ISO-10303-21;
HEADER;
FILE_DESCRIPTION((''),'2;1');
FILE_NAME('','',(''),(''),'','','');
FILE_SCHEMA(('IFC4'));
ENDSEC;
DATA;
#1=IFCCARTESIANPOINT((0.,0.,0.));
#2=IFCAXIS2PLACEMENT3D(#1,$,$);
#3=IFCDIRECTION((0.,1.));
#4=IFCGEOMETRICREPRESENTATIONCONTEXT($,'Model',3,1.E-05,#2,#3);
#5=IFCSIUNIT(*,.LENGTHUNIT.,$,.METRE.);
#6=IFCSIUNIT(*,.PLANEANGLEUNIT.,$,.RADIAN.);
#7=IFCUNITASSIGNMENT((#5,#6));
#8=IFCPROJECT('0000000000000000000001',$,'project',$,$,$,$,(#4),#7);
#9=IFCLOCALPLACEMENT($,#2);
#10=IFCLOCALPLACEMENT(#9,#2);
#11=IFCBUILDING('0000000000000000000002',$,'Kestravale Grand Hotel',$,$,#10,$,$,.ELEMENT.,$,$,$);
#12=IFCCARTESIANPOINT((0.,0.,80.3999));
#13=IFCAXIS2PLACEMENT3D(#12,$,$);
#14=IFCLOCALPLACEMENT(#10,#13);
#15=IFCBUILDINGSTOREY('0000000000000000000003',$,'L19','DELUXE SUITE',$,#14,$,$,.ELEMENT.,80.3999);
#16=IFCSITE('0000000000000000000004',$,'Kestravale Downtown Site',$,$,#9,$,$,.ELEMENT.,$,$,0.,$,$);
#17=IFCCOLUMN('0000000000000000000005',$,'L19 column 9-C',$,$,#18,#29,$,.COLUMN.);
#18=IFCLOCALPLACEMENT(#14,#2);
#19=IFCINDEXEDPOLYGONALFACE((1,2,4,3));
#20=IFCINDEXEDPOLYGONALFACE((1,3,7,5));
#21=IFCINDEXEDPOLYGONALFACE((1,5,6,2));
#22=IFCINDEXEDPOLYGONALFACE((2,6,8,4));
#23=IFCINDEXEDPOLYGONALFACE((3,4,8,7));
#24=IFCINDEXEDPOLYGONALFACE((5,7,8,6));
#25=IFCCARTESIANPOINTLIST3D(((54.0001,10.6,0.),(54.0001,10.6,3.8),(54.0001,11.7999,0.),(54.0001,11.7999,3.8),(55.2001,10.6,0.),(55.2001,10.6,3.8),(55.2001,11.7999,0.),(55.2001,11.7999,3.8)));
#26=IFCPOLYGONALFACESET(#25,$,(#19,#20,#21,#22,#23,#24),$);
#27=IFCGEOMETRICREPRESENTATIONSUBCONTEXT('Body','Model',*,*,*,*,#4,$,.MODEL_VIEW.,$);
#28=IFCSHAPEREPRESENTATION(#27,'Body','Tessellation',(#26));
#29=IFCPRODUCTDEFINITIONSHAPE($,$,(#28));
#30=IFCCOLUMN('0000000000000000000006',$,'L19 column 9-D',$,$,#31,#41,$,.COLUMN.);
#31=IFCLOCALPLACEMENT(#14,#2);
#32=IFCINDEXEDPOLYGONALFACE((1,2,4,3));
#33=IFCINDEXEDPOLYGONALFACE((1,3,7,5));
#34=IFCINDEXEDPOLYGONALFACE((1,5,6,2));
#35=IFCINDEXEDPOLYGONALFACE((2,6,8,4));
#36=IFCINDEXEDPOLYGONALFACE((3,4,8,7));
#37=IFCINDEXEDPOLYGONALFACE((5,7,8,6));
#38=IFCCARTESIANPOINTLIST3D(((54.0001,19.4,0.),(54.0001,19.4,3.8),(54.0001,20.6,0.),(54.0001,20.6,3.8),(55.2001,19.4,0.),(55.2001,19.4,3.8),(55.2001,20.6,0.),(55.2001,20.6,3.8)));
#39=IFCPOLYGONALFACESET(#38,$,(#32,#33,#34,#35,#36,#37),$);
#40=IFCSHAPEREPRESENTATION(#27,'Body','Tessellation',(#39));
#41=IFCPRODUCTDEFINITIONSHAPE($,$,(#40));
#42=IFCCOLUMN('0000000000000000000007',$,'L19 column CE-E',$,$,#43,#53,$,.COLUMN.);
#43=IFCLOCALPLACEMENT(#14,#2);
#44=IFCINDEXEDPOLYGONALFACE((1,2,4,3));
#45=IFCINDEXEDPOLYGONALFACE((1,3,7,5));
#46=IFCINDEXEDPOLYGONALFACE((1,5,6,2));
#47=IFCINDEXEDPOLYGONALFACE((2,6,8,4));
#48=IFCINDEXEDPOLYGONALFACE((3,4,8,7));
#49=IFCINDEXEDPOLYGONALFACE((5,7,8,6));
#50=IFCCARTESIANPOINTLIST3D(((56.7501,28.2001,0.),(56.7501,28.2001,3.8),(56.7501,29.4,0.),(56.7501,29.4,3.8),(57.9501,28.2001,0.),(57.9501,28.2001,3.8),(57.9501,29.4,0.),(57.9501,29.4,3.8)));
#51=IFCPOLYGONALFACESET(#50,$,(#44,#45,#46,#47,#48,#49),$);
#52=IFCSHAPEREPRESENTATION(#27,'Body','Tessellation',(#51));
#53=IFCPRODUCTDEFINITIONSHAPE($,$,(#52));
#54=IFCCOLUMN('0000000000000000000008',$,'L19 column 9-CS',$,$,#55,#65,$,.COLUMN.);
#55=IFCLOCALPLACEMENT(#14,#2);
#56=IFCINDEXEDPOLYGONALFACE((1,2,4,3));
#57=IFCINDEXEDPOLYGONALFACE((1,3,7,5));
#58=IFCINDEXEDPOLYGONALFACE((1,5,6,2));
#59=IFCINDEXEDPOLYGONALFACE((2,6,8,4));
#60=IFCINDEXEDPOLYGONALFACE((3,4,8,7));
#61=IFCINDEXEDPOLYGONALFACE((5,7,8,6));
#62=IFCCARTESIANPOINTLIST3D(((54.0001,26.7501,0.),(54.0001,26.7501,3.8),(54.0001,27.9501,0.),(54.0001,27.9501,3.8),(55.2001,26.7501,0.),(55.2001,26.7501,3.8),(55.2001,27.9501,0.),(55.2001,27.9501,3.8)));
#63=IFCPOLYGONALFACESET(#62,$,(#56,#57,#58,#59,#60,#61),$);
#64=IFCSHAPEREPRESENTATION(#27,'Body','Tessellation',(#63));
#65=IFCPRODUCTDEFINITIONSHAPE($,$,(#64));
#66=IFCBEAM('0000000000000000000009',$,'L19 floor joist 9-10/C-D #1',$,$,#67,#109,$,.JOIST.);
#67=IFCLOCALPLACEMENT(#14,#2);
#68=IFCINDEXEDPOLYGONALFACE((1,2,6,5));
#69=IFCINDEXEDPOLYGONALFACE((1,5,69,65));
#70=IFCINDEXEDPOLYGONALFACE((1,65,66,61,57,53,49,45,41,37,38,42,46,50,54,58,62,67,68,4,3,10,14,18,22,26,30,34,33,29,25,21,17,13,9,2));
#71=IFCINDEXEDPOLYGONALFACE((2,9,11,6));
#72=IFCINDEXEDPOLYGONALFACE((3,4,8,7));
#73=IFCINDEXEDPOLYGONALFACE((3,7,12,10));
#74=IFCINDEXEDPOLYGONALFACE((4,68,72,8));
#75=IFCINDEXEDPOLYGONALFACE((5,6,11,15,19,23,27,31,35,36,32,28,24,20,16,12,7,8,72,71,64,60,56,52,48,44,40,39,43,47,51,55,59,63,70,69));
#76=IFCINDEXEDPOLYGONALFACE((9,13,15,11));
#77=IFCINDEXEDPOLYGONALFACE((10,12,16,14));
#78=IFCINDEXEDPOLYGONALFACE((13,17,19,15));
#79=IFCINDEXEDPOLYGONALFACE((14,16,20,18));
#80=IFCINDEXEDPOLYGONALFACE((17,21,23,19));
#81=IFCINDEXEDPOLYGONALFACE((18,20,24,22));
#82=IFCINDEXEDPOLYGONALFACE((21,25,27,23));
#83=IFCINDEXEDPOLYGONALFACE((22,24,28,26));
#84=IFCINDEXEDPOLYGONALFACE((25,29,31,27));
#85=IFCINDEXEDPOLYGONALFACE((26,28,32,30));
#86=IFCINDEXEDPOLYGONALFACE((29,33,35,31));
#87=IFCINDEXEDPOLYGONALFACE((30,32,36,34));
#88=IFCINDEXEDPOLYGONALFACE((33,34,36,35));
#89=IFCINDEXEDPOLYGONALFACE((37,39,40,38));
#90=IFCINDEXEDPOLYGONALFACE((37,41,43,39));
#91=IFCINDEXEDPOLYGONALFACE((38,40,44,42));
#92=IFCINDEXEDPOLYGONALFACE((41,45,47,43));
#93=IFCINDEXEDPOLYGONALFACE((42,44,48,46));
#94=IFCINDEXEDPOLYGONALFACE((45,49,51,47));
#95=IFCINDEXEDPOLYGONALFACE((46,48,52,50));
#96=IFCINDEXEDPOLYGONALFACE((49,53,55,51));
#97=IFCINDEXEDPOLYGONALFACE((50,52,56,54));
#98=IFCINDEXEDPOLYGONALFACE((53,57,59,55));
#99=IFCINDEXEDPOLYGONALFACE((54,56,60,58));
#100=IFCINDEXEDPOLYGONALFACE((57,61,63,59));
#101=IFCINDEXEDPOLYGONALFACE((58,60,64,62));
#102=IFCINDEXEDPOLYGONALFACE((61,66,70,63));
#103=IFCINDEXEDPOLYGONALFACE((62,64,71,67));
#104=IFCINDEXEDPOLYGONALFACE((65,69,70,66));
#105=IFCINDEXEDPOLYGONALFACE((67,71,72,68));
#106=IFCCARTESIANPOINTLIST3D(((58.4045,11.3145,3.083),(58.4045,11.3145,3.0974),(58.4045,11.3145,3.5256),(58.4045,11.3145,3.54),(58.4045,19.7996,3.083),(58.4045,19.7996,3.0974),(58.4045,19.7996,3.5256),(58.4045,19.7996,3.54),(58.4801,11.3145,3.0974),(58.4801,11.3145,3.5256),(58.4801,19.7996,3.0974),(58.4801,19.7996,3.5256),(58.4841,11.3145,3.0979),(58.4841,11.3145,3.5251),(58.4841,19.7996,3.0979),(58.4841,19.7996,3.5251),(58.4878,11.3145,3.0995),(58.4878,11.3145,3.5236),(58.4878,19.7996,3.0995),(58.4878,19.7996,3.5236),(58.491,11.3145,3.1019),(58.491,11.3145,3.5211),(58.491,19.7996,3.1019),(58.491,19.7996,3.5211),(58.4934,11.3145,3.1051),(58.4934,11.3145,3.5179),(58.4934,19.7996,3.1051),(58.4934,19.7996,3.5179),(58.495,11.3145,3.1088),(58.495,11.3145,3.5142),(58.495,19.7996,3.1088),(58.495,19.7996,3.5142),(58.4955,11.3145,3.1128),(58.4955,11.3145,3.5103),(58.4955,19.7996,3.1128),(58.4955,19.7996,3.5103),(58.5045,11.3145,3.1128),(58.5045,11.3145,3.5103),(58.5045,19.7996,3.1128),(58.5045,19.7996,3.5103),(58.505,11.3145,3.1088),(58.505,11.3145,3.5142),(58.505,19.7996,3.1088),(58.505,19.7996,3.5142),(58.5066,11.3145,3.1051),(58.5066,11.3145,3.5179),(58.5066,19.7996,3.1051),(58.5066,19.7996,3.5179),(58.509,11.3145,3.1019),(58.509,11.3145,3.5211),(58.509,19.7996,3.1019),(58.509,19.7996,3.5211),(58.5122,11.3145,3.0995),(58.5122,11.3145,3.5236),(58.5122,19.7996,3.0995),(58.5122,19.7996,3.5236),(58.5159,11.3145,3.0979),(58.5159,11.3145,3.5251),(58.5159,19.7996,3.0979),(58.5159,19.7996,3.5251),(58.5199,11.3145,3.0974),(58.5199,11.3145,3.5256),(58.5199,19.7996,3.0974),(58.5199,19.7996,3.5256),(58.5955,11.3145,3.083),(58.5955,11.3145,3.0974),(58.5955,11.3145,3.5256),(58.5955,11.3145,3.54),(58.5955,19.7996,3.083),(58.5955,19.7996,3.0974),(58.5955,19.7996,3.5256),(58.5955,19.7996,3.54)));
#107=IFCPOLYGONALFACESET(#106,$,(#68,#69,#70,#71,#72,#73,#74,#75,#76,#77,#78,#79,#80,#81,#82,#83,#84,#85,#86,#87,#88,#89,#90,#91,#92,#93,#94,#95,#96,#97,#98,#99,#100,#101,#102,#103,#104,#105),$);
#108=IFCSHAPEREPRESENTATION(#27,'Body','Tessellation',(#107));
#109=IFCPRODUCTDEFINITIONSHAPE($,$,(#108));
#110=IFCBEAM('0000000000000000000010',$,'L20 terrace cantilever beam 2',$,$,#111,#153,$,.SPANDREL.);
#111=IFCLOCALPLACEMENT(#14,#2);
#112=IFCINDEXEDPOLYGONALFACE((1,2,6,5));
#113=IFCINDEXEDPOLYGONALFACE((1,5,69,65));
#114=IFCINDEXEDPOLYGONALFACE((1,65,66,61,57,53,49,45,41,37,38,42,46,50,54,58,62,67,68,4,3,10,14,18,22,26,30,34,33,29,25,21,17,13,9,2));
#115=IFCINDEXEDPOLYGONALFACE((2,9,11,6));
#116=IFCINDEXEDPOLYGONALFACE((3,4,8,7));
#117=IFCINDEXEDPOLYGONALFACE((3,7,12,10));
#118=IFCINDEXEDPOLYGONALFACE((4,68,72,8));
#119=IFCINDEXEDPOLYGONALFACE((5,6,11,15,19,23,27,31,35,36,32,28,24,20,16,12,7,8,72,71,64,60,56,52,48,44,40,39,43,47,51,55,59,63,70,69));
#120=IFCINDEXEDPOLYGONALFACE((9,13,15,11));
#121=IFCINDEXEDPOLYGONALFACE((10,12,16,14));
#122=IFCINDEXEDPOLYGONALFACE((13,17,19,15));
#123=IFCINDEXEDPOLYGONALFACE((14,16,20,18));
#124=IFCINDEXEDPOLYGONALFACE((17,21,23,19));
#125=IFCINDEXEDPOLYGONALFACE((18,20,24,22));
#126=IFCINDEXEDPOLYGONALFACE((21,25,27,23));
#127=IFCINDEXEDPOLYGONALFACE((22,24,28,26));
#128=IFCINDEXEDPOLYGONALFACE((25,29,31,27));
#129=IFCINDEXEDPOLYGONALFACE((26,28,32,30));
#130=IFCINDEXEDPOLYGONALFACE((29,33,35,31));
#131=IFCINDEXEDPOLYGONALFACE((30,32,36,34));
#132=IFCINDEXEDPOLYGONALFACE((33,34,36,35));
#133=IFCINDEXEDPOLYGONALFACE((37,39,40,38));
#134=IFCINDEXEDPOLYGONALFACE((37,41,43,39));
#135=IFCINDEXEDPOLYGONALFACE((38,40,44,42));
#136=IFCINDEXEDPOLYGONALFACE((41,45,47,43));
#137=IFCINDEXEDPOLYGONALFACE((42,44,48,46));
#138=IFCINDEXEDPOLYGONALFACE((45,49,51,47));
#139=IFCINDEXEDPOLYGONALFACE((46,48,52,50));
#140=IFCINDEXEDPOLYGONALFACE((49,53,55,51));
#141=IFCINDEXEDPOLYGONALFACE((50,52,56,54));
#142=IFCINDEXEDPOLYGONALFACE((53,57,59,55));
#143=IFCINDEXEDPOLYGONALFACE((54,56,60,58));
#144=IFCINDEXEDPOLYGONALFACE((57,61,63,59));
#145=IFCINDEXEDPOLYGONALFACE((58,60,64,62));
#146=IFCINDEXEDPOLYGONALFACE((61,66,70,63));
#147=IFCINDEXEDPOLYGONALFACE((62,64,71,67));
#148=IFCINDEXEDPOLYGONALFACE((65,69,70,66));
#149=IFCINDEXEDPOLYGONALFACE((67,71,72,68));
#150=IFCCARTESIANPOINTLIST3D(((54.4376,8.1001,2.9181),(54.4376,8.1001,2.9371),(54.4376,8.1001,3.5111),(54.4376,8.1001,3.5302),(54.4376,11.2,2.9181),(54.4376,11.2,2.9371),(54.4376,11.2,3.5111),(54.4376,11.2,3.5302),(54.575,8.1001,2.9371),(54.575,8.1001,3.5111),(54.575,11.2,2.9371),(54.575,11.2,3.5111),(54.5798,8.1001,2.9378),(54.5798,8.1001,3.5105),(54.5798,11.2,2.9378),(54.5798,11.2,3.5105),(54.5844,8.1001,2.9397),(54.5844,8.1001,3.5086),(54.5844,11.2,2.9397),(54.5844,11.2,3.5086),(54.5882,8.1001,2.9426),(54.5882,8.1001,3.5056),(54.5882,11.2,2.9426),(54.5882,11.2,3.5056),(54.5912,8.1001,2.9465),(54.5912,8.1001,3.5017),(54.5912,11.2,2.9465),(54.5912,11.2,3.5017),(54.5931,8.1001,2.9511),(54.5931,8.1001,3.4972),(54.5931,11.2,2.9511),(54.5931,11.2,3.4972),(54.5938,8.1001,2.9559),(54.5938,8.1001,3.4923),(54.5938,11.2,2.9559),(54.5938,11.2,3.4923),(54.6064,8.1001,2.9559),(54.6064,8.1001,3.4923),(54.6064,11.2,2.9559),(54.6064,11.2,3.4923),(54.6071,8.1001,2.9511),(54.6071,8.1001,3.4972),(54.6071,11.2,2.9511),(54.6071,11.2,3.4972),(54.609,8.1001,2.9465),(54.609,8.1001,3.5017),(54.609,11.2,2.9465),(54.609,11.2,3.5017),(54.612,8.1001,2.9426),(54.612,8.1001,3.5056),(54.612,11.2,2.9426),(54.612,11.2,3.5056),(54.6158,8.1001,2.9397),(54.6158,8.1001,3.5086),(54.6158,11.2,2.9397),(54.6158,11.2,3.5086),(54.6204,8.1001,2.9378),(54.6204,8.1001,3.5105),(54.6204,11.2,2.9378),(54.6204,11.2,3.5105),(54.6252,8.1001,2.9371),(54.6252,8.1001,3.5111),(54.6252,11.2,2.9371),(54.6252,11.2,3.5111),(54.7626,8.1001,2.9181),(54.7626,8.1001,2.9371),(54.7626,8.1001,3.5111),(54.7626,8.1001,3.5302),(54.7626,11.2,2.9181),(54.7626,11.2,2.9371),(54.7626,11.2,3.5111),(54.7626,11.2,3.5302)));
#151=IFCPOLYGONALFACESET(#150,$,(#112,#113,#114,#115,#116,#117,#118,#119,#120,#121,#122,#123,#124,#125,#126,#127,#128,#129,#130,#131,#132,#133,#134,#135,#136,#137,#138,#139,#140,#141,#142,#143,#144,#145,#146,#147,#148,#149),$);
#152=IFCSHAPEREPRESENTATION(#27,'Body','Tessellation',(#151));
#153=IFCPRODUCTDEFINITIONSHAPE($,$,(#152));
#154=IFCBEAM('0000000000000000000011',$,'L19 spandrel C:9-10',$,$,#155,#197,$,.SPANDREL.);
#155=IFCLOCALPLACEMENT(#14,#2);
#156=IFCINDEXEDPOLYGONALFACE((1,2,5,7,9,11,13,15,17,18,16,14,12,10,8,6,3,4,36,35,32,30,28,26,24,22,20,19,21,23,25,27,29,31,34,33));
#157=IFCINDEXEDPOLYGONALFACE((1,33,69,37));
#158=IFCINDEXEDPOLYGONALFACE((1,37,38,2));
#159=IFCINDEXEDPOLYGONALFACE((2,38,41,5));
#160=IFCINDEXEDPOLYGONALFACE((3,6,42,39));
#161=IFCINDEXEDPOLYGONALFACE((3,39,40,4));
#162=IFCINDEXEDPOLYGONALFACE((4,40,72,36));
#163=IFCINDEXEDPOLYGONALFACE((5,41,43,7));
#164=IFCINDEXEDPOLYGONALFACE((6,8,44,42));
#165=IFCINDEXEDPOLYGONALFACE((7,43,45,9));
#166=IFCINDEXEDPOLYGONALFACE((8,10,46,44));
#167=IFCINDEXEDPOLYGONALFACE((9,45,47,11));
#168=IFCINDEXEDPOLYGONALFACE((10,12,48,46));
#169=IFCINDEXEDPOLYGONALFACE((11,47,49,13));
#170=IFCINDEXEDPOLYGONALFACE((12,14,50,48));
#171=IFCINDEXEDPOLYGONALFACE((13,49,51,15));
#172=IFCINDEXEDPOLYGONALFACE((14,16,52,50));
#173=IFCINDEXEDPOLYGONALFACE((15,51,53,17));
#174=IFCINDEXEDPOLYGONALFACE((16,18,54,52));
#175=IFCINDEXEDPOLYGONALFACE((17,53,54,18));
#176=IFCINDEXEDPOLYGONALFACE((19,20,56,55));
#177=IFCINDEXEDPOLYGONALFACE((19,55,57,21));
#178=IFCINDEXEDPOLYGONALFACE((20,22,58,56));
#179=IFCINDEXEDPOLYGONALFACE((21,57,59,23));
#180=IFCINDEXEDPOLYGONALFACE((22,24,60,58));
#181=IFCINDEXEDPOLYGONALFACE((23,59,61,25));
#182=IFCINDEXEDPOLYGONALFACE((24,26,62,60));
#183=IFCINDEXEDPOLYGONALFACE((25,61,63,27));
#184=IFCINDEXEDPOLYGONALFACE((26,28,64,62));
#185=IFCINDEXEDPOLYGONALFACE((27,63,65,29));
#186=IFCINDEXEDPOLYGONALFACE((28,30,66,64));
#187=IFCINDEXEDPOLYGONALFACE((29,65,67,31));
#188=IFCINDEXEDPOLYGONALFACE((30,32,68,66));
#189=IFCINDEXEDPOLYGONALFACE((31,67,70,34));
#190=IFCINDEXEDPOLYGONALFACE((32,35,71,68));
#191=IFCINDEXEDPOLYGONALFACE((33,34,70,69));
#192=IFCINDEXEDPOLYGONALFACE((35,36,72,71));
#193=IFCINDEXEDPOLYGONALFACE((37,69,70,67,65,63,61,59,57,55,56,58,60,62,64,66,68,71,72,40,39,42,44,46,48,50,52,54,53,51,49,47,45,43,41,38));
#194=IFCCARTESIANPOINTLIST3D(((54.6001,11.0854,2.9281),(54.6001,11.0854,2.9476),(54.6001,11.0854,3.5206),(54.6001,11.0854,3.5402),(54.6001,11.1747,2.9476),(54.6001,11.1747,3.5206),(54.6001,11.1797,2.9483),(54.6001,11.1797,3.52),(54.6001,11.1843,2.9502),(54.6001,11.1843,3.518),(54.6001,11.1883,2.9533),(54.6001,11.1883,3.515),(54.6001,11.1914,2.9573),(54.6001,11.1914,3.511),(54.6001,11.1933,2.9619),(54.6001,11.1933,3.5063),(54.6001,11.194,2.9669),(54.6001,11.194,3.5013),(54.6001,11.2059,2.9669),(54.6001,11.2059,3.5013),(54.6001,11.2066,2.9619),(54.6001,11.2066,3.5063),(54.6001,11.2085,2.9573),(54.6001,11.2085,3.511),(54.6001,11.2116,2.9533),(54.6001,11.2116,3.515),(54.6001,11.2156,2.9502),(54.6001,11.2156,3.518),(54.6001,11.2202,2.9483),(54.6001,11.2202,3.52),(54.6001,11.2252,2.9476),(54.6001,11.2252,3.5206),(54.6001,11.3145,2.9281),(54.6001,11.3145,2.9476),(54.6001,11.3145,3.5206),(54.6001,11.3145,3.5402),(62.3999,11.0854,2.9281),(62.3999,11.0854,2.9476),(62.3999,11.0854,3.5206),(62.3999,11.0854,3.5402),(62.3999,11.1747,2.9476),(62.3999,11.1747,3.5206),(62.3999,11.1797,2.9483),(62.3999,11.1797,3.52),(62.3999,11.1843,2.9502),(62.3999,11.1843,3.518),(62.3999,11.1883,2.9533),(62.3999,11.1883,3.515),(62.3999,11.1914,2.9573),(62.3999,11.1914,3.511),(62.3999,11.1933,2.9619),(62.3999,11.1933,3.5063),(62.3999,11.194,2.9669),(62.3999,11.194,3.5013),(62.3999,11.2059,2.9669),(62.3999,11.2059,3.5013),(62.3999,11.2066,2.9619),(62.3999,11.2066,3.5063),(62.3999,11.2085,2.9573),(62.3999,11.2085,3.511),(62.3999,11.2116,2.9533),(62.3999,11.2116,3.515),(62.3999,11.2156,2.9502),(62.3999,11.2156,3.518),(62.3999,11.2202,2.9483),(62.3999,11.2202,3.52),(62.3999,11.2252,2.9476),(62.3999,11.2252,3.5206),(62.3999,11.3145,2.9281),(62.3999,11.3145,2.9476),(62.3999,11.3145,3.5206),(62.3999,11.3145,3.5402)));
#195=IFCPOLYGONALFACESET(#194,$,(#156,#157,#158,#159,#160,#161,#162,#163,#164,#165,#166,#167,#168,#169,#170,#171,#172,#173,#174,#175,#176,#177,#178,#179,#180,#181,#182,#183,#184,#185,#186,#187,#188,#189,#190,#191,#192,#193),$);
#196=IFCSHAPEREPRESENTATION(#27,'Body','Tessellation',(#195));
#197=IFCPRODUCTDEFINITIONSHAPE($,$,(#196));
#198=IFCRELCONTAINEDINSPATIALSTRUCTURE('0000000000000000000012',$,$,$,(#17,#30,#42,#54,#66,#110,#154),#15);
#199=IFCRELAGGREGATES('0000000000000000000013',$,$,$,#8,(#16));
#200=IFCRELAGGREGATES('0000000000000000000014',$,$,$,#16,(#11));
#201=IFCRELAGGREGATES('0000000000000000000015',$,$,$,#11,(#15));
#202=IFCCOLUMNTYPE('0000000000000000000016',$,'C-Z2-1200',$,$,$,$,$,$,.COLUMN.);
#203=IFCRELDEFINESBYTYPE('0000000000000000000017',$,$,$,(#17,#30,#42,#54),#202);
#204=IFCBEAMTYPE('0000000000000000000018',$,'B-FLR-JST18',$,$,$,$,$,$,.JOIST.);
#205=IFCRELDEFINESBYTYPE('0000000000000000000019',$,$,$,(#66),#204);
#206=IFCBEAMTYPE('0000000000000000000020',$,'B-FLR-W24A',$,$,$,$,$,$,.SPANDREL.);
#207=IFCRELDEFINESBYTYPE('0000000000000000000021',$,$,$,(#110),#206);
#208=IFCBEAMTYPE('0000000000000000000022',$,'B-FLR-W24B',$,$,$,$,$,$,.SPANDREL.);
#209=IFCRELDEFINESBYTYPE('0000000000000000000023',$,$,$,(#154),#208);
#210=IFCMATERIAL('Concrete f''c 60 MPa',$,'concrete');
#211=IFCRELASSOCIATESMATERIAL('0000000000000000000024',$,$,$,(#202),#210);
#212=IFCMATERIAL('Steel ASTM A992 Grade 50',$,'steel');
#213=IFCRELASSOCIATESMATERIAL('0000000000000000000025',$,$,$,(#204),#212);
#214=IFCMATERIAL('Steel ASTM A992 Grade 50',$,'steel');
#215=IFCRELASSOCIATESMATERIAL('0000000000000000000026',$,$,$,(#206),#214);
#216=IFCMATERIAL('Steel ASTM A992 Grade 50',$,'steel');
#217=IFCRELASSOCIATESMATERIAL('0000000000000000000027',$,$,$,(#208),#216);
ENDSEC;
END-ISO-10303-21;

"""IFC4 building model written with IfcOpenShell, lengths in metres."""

from ifc_helpers import new_model, si_unit, direction, frame, origin, origin_2d, place, context, subcontext, project, spatial, rectangle, i_section, extrude, material, material_profile, profile_set, type_object, element, save


model = new_model("IFC4")

# Units and contexts
model_context = context("Model", 3, precision=1e-05, world=origin(), true_north=direction((0.0, 1.0)))
body_context = subcontext(model_context, "Body", "Model", "MODEL_VIEW")
ifc_project = project(units=[si_unit("LENGTHUNIT", "METRE"), si_unit("PLANEANGLEUNIT", "RADIAN")], contexts=[model_context])

# Site, building, storey
site_placement = place(None, origin())
site = spatial("IfcSite", under=ifc_project, at=site_placement, Name="Kestravale Downtown Site", CompositionType="ELEMENT", RefElevation=0.0)
building_placement = place(site_placement, origin())
building = spatial("IfcBuilding", under=site, at=building_placement, Name="Kestravale Grand Hotel", CompositionType="ELEMENT")
storey_placement = place(building_placement, frame((0.0, 0.0, 80.3999)))
storey = spatial("IfcBuildingStorey", under=building, at=storey_placement, Name="L19", Description="DELUXE SUITE", CompositionType="ELEMENT", Elevation=80.3999)

# Columns
ifc_material_1 = material(Name="Concrete f'c 60 MPa", Category="concrete")
ifc_material_profile_1 = material_profile(ifc_material_1, rectangle(XDim=1.2, YDim=1.2, at=origin_2d()))
ifc_profile_set_1 = profile_set([ifc_material_profile_1], Name="Concrete f'c 60 MPa")
column_type = type_object("IfcColumnType", Name="C-Z2-1200", PredefinedType="COLUMN", material=ifc_profile_set_1)
for number, where, z_axis, x_axis, name in (
    (1, (54.6001, 11.2, 0.0), (0.0, 0.0, 1.0), (1.0, 0.0, 0.0), "L19 column 9-C"),
    (2, (54.6001, 20.0, 0.0), (0.0, 0.0, 1.0), (1.0, 0.0, 0.0), "L19 column 9-D"),
    (3, (57.3501, 28.8, 0.0), (0.0, 0.0, 1.0), (1.0, 0.0, 0.0), "L19 column CE-E"),
    (4, (54.6001, 27.3501, 0.0), (0.0, 0.0, 1.0), (1.0, 0.0, 0.0), "L19 column 9-CS"),
):
    element("IfcColumn", number, at=place(storey_placement, frame(where, z_axis=z_axis, x_axis=x_axis)), inside=storey, type_object=column_type, Name=name, PredefinedType="COLUMN", context=body_context, shape_type="SweptSolid", body=[
        extrude(rectangle(XDim=1.2, YDim=1.2, at=origin_2d()), origin(), (0.0, 0.0, 1.0), 3.8),
    ])

# Beams
ifc_material_2 = material(Name="Steel ASTM A992 Grade 50", Category="steel")
ifc_material_profile_2 = material_profile(ifc_material_2, i_section(OverallWidth=0.1909, OverallDepth=0.457, WebThickness=0.009, FlangeThickness=0.0144, FilletRadius=0.0154, at=origin_2d()))
ifc_profile_set_2 = profile_set([ifc_material_profile_2], Name="Steel ASTM A992 Grade 50")
beam_type_1 = type_object("IfcBeamType", Name="B-FLR-JST18", PredefinedType="JOIST", material=ifc_profile_set_2)
beam_1_placement = place(storey_placement, frame((58.5, 11.3145, 3.3115), z_axis=(0.0, 1.0, 0.0), x_axis=(-1.0, 0.0, 0.0)))
element("IfcBeam", 5, at=beam_1_placement, inside=storey, type_object=beam_type_1, Name="L19 floor joist 9-10/C-D #1", PredefinedType="JOIST", context=body_context, shape_type="SweptSolid", body=[
    extrude(i_section(OverallWidth=0.1909, OverallDepth=0.457, WebThickness=0.009, FlangeThickness=0.0144, FilletRadius=0.0154, at=origin_2d()), origin(), (0.0, 0.0, 1.0), 8.4851),
])
ifc_material_3 = material(Name="Steel ASTM A992 Grade 50", Category="steel")
ifc_material_profile_3 = material_profile(ifc_material_3, i_section(OverallWidth=0.325, OverallDepth=0.6121, WebThickness=0.0127, FlangeThickness=0.019, FilletRadius=0.0188, at=origin_2d()))
ifc_profile_set_3 = profile_set([ifc_material_profile_3], Name="Steel ASTM A992 Grade 50")
beam_type_2 = type_object("IfcBeamType", Name="B-FLR-W24A", PredefinedType="SPANDREL", material=ifc_profile_set_3)
beam_2_placement = place(storey_placement, frame((54.6001, 11.2, 3.2241), z_axis=(0.0, -1.0, 0.0), x_axis=(1.0, 0.0, 0.0)))
element("IfcBeam", 6, at=beam_2_placement, inside=storey, type_object=beam_type_2, Name="L20 terrace cantilever beam 2", PredefinedType="SPANDREL", context=body_context, shape_type="SweptSolid", body=[
    extrude(i_section(OverallWidth=0.325, OverallDepth=0.6121, WebThickness=0.0127, FlangeThickness=0.019, FilletRadius=0.0188, at=origin_2d()), origin(), (0.0, 0.0, 1.0), 3.0999),
])
ifc_material_4 = material(Name="Steel ASTM A992 Grade 50", Category="steel")
ifc_material_profile_4 = material_profile(ifc_material_4, i_section(OverallWidth=0.229, OverallDepth=0.6121, WebThickness=0.012, FlangeThickness=0.0195, FilletRadius=0.0193, at=origin_2d()))
ifc_profile_set_4 = profile_set([ifc_material_profile_4], Name="Steel ASTM A992 Grade 50")
beam_type_3 = type_object("IfcBeamType", Name="B-FLR-W24B", PredefinedType="SPANDREL", material=ifc_profile_set_4)
beam_3_placement = place(storey_placement, frame((54.6001, 11.2, 3.2341), z_axis=(1.0, 0.0, 0.0), x_axis=(0.0, 1.0, 0.0)))
element("IfcBeam", 7, at=beam_3_placement, inside=storey, type_object=beam_type_3, Name="L19 spandrel C:9-10", PredefinedType="SPANDREL", context=body_context, shape_type="SweptSolid", body=[
    extrude(i_section(OverallWidth=0.229, OverallDepth=0.6121, WebThickness=0.012, FlangeThickness=0.0195, FilletRadius=0.0193, at=origin_2d()), origin(), (0.0, 0.0, 1.0), 7.7998),
])

save(model, "model.ifc")
